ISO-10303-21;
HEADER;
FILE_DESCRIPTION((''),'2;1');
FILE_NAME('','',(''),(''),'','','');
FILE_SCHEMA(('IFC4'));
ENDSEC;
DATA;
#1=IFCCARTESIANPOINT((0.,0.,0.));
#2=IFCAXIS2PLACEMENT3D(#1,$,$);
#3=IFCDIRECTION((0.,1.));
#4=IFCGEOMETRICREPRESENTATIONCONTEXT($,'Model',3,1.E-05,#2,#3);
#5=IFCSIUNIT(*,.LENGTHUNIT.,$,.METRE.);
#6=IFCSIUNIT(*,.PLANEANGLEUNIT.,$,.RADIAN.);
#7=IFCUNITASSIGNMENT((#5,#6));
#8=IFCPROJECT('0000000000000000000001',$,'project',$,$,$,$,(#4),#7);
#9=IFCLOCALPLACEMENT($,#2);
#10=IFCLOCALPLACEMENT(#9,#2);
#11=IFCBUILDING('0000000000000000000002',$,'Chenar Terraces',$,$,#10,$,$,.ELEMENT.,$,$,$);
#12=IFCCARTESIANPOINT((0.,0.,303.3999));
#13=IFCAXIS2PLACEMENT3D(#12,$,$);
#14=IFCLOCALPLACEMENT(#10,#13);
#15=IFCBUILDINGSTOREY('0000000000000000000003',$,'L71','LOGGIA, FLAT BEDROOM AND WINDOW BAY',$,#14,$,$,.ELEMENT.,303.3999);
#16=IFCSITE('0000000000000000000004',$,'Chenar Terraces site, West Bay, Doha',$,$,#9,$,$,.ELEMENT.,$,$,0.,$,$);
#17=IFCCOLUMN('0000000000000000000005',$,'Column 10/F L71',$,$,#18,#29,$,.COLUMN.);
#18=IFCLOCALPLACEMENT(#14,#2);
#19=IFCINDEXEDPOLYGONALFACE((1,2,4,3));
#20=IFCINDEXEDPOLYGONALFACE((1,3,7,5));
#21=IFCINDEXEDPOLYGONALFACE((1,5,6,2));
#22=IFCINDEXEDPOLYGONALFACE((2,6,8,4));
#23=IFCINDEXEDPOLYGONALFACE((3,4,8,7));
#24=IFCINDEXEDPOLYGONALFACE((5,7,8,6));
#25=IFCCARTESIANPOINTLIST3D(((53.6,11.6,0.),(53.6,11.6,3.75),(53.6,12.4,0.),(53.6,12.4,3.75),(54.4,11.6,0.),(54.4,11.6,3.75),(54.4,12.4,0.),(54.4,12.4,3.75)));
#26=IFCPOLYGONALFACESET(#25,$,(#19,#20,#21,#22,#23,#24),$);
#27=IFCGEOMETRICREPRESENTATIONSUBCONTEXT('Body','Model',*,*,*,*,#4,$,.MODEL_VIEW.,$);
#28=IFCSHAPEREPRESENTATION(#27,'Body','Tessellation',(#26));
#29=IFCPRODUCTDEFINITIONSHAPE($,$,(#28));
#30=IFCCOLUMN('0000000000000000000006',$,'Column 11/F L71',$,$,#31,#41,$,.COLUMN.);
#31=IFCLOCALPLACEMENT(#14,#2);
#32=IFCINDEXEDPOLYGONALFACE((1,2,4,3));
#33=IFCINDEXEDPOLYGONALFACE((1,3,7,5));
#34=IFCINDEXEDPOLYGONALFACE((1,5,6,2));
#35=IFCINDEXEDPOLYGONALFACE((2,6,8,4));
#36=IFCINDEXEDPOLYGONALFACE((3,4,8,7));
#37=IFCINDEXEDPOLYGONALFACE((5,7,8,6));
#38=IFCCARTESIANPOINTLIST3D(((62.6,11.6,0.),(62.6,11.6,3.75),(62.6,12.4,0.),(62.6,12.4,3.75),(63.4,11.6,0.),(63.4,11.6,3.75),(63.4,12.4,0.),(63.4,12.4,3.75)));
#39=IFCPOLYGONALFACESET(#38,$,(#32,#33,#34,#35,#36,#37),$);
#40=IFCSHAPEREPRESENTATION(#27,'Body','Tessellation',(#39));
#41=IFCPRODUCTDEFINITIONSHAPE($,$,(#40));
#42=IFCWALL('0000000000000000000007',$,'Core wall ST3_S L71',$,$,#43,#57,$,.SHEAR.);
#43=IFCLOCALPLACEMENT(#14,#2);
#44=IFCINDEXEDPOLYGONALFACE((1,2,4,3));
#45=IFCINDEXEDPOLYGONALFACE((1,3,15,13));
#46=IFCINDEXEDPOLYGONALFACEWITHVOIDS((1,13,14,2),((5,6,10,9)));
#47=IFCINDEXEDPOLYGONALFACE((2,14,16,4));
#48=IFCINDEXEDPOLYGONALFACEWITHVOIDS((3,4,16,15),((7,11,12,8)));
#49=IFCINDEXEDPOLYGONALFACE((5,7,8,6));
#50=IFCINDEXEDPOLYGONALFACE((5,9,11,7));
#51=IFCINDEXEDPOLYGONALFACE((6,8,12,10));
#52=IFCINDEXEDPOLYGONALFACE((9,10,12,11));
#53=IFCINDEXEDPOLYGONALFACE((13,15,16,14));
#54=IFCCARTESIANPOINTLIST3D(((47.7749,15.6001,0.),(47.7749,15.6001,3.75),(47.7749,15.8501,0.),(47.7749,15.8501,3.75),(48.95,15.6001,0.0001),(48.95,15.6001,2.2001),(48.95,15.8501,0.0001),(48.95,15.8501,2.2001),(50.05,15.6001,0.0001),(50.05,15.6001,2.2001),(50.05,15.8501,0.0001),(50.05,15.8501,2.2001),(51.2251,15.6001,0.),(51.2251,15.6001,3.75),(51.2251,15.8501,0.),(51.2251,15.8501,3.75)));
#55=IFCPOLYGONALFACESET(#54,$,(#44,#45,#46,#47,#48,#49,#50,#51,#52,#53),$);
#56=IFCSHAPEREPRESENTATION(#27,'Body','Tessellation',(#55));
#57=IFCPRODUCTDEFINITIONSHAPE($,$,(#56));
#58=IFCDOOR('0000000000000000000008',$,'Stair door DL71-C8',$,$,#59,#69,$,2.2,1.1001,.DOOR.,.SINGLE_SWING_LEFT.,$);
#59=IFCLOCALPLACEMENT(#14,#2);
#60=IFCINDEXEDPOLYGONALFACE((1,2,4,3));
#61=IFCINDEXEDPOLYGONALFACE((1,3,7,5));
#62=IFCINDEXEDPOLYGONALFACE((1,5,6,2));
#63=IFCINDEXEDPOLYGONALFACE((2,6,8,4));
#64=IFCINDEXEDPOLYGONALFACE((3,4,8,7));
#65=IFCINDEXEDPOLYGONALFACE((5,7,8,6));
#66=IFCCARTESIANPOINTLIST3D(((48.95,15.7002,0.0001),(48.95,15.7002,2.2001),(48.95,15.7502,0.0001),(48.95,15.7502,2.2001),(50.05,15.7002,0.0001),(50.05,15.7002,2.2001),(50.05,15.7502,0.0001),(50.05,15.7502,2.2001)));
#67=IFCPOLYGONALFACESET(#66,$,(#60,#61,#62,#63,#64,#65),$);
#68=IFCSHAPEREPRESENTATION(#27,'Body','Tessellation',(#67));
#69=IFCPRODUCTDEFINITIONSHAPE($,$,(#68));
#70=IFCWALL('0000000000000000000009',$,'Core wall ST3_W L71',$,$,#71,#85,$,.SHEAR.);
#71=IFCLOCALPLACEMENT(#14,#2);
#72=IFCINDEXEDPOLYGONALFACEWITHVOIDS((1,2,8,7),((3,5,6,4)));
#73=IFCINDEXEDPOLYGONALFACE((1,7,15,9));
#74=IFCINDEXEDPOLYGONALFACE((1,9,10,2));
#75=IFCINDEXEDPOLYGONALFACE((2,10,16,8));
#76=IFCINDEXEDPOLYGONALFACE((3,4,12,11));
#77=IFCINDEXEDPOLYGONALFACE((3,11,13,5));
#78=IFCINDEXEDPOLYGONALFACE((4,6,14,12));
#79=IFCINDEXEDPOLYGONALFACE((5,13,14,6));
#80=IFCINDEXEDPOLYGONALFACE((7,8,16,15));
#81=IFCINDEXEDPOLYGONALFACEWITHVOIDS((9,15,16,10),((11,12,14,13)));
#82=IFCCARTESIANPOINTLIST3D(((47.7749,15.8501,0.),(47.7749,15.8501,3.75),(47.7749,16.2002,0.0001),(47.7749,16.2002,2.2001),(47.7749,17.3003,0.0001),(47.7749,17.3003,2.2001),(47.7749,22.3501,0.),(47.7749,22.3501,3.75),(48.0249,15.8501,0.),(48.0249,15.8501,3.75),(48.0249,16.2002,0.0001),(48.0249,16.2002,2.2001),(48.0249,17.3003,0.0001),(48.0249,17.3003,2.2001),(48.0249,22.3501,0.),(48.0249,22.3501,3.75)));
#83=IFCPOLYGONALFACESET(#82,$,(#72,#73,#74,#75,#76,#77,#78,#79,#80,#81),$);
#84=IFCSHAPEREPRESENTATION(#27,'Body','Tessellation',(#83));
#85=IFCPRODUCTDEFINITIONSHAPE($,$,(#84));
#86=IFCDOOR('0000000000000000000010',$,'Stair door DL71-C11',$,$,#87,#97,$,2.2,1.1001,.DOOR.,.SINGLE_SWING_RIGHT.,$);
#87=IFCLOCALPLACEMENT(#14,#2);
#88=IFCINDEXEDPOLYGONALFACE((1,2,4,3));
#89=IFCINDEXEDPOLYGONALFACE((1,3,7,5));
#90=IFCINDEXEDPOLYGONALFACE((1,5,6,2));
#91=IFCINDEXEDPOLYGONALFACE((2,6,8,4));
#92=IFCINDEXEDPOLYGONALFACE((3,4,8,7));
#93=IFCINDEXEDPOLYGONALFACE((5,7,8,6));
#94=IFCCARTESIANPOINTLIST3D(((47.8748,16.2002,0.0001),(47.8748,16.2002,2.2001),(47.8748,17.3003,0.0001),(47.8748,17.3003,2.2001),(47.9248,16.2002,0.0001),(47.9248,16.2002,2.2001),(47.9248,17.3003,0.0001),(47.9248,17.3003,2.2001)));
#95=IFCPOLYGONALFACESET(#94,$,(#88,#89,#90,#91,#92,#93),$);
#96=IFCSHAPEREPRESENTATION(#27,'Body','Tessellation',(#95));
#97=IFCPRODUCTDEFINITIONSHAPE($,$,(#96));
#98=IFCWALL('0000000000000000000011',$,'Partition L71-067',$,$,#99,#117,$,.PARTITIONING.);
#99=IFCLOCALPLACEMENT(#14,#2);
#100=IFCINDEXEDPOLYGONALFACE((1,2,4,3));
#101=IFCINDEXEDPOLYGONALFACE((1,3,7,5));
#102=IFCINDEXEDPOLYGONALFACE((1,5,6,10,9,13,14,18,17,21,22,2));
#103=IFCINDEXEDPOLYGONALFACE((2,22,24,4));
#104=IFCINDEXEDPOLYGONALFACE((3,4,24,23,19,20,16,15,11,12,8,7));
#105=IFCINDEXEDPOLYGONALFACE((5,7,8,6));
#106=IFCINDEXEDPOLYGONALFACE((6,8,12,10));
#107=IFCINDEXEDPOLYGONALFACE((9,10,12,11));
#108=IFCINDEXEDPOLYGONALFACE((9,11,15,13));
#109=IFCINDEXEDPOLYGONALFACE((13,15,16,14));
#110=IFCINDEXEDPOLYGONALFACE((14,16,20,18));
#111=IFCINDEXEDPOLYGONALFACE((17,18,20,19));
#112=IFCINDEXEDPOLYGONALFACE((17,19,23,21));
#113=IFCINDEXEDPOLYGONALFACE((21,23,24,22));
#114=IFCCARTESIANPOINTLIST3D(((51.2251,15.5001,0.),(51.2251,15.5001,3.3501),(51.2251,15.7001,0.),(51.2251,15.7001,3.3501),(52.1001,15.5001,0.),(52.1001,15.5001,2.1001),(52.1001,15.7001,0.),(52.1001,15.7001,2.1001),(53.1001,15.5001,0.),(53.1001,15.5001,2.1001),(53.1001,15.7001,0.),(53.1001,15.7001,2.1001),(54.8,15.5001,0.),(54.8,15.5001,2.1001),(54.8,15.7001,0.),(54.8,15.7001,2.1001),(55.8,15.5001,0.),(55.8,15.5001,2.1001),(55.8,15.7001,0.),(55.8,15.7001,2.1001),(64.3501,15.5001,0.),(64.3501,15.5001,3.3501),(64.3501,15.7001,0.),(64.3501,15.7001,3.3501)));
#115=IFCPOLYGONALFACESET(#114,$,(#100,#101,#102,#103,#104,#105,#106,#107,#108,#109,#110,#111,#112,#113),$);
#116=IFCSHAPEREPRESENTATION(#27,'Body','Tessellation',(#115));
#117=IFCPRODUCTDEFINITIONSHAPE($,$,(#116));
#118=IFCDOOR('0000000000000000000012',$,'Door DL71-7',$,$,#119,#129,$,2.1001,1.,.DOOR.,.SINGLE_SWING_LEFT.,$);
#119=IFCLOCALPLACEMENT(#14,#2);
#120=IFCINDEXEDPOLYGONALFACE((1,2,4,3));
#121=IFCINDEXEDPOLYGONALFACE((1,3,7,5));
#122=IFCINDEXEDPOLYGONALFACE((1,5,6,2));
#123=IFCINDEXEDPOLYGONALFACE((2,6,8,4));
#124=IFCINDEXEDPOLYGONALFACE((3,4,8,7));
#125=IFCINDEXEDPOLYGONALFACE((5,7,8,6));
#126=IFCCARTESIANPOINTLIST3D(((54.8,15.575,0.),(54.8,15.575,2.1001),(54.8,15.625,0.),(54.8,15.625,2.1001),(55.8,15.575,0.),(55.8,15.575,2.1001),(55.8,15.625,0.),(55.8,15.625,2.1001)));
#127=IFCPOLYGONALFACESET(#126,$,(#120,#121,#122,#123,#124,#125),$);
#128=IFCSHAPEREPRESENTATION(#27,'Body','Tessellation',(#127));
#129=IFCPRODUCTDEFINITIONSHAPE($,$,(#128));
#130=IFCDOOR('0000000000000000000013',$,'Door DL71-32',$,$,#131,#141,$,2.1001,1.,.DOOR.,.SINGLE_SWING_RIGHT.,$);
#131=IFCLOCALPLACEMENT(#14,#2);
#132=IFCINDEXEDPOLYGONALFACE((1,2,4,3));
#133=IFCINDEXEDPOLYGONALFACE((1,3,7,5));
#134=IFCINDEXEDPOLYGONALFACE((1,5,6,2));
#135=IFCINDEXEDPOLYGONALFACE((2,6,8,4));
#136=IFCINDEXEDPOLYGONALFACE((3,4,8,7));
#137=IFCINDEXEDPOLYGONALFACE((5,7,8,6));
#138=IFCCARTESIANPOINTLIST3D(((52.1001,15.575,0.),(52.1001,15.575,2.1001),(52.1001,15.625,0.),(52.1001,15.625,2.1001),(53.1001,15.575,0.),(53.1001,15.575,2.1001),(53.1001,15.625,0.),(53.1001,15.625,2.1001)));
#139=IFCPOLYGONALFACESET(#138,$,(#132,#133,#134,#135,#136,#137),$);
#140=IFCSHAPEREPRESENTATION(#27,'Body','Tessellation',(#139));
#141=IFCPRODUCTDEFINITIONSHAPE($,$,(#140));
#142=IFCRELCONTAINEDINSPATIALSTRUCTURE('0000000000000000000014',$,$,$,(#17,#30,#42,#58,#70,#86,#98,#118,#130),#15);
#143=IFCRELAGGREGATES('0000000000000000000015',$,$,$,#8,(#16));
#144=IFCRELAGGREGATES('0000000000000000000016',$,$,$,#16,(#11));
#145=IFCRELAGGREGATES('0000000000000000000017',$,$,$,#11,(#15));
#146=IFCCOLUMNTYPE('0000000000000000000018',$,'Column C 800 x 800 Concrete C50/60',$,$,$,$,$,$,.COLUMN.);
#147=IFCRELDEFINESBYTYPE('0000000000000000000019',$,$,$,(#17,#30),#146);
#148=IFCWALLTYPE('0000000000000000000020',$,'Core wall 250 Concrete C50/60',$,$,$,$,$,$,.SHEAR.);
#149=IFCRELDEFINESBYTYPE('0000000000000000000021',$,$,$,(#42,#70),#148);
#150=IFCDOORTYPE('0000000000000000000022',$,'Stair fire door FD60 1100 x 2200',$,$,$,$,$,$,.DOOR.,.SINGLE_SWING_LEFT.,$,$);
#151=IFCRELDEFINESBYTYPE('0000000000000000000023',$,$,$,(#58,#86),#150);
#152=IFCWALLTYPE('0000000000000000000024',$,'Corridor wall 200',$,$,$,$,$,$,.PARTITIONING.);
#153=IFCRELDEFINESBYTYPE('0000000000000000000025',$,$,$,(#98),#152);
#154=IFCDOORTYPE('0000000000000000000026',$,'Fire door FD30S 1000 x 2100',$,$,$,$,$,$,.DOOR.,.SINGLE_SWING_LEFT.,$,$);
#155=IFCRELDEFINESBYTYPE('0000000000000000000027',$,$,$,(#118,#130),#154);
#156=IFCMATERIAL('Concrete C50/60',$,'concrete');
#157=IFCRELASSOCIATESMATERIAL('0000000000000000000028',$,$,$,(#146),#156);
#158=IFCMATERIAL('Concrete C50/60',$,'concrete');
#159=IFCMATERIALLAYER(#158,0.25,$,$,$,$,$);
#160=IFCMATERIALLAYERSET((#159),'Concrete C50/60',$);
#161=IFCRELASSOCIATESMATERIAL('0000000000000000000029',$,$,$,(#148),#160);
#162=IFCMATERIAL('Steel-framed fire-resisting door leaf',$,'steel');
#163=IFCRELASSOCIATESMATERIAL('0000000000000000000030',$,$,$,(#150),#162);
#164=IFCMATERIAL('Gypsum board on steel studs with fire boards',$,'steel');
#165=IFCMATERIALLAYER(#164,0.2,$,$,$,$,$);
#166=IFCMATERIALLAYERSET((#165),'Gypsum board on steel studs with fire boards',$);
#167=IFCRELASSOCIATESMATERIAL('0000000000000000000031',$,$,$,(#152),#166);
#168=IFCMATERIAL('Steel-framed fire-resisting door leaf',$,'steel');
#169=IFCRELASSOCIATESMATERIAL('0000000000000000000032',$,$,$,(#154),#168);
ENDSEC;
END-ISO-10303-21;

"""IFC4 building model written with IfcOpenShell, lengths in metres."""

from ifc_helpers import new_model, si_unit, direction, frame, frame_2d, origin, origin_2d, place, context, subcontext, project, spatial, rectangle, extrude, material, layer, layer_set, material_profile, profile_set, type_object, element, fill, save


model = new_model("IFC4")

# Units and contexts
model_context = context("Model", 3, precision=1e-05, world=origin(), true_north=direction((0.0, 1.0)))
body_context = subcontext(model_context, "Body", "Model", "MODEL_VIEW")
ifc_project = project(units=[si_unit("LENGTHUNIT", "METRE"), si_unit("PLANEANGLEUNIT", "RADIAN")], contexts=[model_context])

# Site, building, storey
site_placement = place(None, origin())
site = spatial("IfcSite", under=ifc_project, at=site_placement, Name="Chenar Terraces site, West Bay, Doha", CompositionType="ELEMENT", RefElevation=0.0)
building_placement = place(site_placement, origin())
building = spatial("IfcBuilding", under=site, at=building_placement, Name="Chenar Terraces", CompositionType="ELEMENT")
storey_placement = place(building_placement, frame((0.0, 0.0, 303.3999)))
storey = spatial("IfcBuildingStorey", under=building, at=storey_placement, Name="L71", Description="LOGGIA, FLAT BEDROOM AND WINDOW BAY", CompositionType="ELEMENT", Elevation=303.3999)

# Columns
ifc_material_1 = material(Name="Concrete C50/60", Category="concrete")
ifc_material_profile_1 = material_profile(ifc_material_1, rectangle(XDim=0.8, YDim=0.8, at=origin_2d()), Name="C 800 x 800")
ifc_profile_set_1 = profile_set([ifc_material_profile_1], Name="Concrete C50/60")
column_type = type_object("IfcColumnType", Name="Column C 800 x 800 Concrete C50/60", PredefinedType="COLUMN", material=ifc_profile_set_1)
for number, where, z_axis, x_axis, name in (
    (1, (54.0, 12.0, 0.0), (0.0, 0.0, 1.0), (1.0, 0.0, 0.0), "Column 10/F L71"),
    (2, (63.0, 12.0, 0.0), (0.0, 0.0, 1.0), (1.0, 0.0, 0.0), "Column 11/F L71"),
):
    element("IfcColumn", number, at=place(storey_placement, frame(where, z_axis=z_axis, x_axis=x_axis)), inside=storey, type_object=column_type, Name=name, PredefinedType="COLUMN", context=body_context, shape_type="SweptSolid", body=[
        extrude(rectangle(XDim=0.8, YDim=0.8, at=origin_2d()), origin(), (0.0, 0.0, 1.0), 3.75),
    ])

# Walls, openings, doors
ifc_material_2 = material(Name="Concrete C50/60", Category="concrete")
ifc_layer_1 = layer(ifc_material_2, 0.25)
ifc_layer_set_1 = layer_set([ifc_layer_1], Name="Concrete C50/60")
wall_type_1 = type_object("IfcWallType", Name="Core wall 250 Concrete C50/60", PredefinedType="SHEAR", material=ifc_layer_set_1)
wall_1_placement = place(storey_placement, frame((47.7749, 15.7251, 0.0), z_axis=(0.0, 0.0, 1.0), x_axis=(1.0, 0.0, 0.0)))
wall_1 = element("IfcWall", 3, at=wall_1_placement, inside=storey, type_object=wall_type_1, Name="Core wall ST3_S L71", PredefinedType="SHEAR", context=body_context, shape_type="SweptSolid", body=[
    extrude(rectangle(XDim=3.4502, YDim=0.25, at=frame_2d((1.7251, 0.0))), origin(), (0.0, 0.0, 1.0), 3.75),
])
opening_1_placement = place(wall_1_placement, frame((1.175, 0.0, 0.0)))
opening_1 = element("IfcOpeningElement", 4, at=opening_1_placement, cuts=wall_1, PredefinedType="OPENING", context=body_context, shape_type="SweptSolid", body=[
    extrude(rectangle(XDim=1.1001, YDim=2.2, at=frame_2d((0.55, 1.1001))), frame((0.0, 0.135, 0.0), z_axis=(0.0, -1.0, 0.0), x_axis=(1.0, 0.0, 0.0)), (0.0, 0.0, 1.0), 0.27),
])
ifc_material_3 = material(Name="Steel-framed fire-resisting door leaf", Category="steel")
door_type_1 = type_object("IfcDoorType", Name="Stair fire door FD60 1100 x 2200", OperationType="SINGLE_SWING_LEFT", PredefinedType="DOOR", material=ifc_material_3)
door_1_placement = place(opening_1_placement, frame((1.1001, 0.0, 0.0), z_axis=(0.0, 0.0, 1.0), x_axis=(-1.0, 0.0, 0.0)))
door_1 = element("IfcDoor", 5, at=door_1_placement, inside=storey, type_object=door_type_1, Name="Stair door DL71-C8", OperationType="SINGLE_SWING_LEFT", OverallHeight=2.2, OverallWidth=1.1001, PredefinedType="DOOR", context=body_context, shape_type="SweptSolid", body=[
    extrude(rectangle(XDim=1.1001, YDim=2.2, at=frame_2d((0.55, 1.1001))), frame((0.0, 0.0249, 0.0), z_axis=(0.0, -1.0, 0.0), x_axis=(1.0, 0.0, 0.0)), (0.0, 0.0, 1.0), 0.05),
])
fill(opening_1, door_1)
wall_2_placement = place(storey_placement, frame((47.8999, 15.8501, 0.0), z_axis=(0.0, 0.0, 1.0), x_axis=(0.0, 1.0, 0.0)))
wall_2 = element("IfcWall", 6, at=wall_2_placement, inside=storey, type_object=wall_type_1, Name="Core wall ST3_W L71", PredefinedType="SHEAR", context=body_context, shape_type="SweptSolid", body=[
    extrude(rectangle(XDim=6.5, YDim=0.25, at=frame_2d((3.25, 0.0))), origin(), (0.0, 0.0, 1.0), 3.75),
])
opening_2_placement = place(wall_2_placement, frame((0.3501, 0.0, 0.0)))
opening_2 = element("IfcOpeningElement", 7, at=opening_2_placement, cuts=wall_2, PredefinedType="OPENING", context=body_context, shape_type="SweptSolid", body=[
    extrude(rectangle(XDim=1.1001, YDim=2.2, at=frame_2d((0.55, 1.1001))), frame((0.0, 0.135, 0.0), z_axis=(0.0, -1.0, 0.0), x_axis=(1.0, 0.0, 0.0)), (0.0, 0.0, 1.0), 0.27),
])
door_2_placement = place(opening_2_placement, frame((1.1001, 0.0, 0.0), z_axis=(0.0, 0.0, 1.0), x_axis=(-1.0, 0.0, 0.0)))
door_2 = element("IfcDoor", 8, at=door_2_placement, inside=storey, type_object=door_type_1, Name="Stair door DL71-C11", OperationType="SINGLE_SWING_RIGHT", OverallHeight=2.2, OverallWidth=1.1001, PredefinedType="DOOR", context=body_context, shape_type="SweptSolid", body=[
    extrude(rectangle(XDim=1.1001, YDim=2.2, at=frame_2d((0.55, 1.1001))), frame((0.0, 0.0249, 0.0), z_axis=(0.0, -1.0, 0.0), x_axis=(1.0, 0.0, 0.0)), (0.0, 0.0, 1.0), 0.05),
])
fill(opening_2, door_2)

# Wall, openings, doors
ifc_material_4 = material(Name="Gypsum board on steel studs with fire boards", Category="steel")
ifc_layer_2 = layer(ifc_material_4, 0.2)
ifc_layer_set_2 = layer_set([ifc_layer_2], Name="Gypsum board on steel studs with fire boards")
wall_type_2 = type_object("IfcWallType", Name="Corridor wall 200", PredefinedType="PARTITIONING", material=ifc_layer_set_2)
wall_3_placement = place(storey_placement, frame((51.2251, 15.6001, 0.0), z_axis=(0.0, 0.0, 1.0), x_axis=(1.0, 0.0, 0.0)))
wall_3 = element("IfcWall", 9, at=wall_3_placement, inside=storey, type_object=wall_type_2, Name="Partition L71-067", PredefinedType="PARTITIONING", context=body_context, shape_type="SweptSolid", body=[
    extrude(rectangle(XDim=13.125, YDim=0.2, at=frame_2d((6.5625, 0.0))), origin(), (0.0, 0.0, 1.0), 3.3501),
])
opening_3_placement = place(wall_3_placement, frame((3.575, 0.0, 0.0)))
opening_3 = element("IfcOpeningElement", 10, at=opening_3_placement, cuts=wall_3, PredefinedType="OPENING", context=body_context, shape_type="SweptSolid", body=[
    extrude(rectangle(XDim=1.0, YDim=2.1001, at=frame_2d((0.5, 1.05))), frame((0.0, 0.1099, 0.0), z_axis=(0.0, -1.0, 0.0), x_axis=(1.0, 0.0, 0.0)), (0.0, 0.0, 1.0), 0.22),
])
opening_4_placement = place(wall_3_placement, frame((0.875, 0.0, 0.0)))
opening_4 = element("IfcOpeningElement", 11, at=opening_4_placement, cuts=wall_3, PredefinedType="OPENING", context=body_context, shape_type="SweptSolid", body=[
    extrude(rectangle(XDim=1.0, YDim=2.1001, at=frame_2d((0.5, 1.05))), frame((0.0, 0.1099, 0.0), z_axis=(0.0, -1.0, 0.0), x_axis=(1.0, 0.0, 0.0)), (0.0, 0.0, 1.0), 0.22),
])
ifc_material_5 = material(Name="Steel-framed fire-resisting door leaf", Category="steel")
door_type_2 = type_object("IfcDoorType", Name="Fire door FD30S 1000 x 2100", OperationType="SINGLE_SWING_LEFT", PredefinedType="DOOR", material=ifc_material_5)
door_3_placement = place(opening_3_placement, origin())
door_3 = element("IfcDoor", 12, at=door_3_placement, inside=storey, type_object=door_type_2, Name="Door DL71-7", OperationType="SINGLE_SWING_LEFT", OverallHeight=2.1001, OverallWidth=1.0, PredefinedType="DOOR", context=body_context, shape_type="SweptSolid", body=[
    extrude(rectangle(XDim=1.0, YDim=2.1001, at=frame_2d((0.5, 1.05))), frame((0.0, 0.0249, 0.0), z_axis=(0.0, -1.0, 0.0), x_axis=(1.0, 0.0, 0.0)), (0.0, 0.0, 1.0), 0.05),
])
fill(opening_3, door_3)
door_4_placement = place(opening_4_placement, origin())
door_4 = element("IfcDoor", 13, at=door_4_placement, inside=storey, type_object=door_type_2, Name="Door DL71-32", OperationType="SINGLE_SWING_RIGHT", OverallHeight=2.1001, OverallWidth=1.0, PredefinedType="DOOR", context=body_context, shape_type="SweptSolid", body=[
    extrude(rectangle(XDim=1.0, YDim=2.1001, at=frame_2d((0.5, 1.05))), frame((0.0, 0.0249, 0.0), z_axis=(0.0, -1.0, 0.0), x_axis=(1.0, 0.0, 0.0)), (0.0, 0.0, 1.0), 0.05),
])
fill(opening_4, door_4)

save(model, "model.ifc")
